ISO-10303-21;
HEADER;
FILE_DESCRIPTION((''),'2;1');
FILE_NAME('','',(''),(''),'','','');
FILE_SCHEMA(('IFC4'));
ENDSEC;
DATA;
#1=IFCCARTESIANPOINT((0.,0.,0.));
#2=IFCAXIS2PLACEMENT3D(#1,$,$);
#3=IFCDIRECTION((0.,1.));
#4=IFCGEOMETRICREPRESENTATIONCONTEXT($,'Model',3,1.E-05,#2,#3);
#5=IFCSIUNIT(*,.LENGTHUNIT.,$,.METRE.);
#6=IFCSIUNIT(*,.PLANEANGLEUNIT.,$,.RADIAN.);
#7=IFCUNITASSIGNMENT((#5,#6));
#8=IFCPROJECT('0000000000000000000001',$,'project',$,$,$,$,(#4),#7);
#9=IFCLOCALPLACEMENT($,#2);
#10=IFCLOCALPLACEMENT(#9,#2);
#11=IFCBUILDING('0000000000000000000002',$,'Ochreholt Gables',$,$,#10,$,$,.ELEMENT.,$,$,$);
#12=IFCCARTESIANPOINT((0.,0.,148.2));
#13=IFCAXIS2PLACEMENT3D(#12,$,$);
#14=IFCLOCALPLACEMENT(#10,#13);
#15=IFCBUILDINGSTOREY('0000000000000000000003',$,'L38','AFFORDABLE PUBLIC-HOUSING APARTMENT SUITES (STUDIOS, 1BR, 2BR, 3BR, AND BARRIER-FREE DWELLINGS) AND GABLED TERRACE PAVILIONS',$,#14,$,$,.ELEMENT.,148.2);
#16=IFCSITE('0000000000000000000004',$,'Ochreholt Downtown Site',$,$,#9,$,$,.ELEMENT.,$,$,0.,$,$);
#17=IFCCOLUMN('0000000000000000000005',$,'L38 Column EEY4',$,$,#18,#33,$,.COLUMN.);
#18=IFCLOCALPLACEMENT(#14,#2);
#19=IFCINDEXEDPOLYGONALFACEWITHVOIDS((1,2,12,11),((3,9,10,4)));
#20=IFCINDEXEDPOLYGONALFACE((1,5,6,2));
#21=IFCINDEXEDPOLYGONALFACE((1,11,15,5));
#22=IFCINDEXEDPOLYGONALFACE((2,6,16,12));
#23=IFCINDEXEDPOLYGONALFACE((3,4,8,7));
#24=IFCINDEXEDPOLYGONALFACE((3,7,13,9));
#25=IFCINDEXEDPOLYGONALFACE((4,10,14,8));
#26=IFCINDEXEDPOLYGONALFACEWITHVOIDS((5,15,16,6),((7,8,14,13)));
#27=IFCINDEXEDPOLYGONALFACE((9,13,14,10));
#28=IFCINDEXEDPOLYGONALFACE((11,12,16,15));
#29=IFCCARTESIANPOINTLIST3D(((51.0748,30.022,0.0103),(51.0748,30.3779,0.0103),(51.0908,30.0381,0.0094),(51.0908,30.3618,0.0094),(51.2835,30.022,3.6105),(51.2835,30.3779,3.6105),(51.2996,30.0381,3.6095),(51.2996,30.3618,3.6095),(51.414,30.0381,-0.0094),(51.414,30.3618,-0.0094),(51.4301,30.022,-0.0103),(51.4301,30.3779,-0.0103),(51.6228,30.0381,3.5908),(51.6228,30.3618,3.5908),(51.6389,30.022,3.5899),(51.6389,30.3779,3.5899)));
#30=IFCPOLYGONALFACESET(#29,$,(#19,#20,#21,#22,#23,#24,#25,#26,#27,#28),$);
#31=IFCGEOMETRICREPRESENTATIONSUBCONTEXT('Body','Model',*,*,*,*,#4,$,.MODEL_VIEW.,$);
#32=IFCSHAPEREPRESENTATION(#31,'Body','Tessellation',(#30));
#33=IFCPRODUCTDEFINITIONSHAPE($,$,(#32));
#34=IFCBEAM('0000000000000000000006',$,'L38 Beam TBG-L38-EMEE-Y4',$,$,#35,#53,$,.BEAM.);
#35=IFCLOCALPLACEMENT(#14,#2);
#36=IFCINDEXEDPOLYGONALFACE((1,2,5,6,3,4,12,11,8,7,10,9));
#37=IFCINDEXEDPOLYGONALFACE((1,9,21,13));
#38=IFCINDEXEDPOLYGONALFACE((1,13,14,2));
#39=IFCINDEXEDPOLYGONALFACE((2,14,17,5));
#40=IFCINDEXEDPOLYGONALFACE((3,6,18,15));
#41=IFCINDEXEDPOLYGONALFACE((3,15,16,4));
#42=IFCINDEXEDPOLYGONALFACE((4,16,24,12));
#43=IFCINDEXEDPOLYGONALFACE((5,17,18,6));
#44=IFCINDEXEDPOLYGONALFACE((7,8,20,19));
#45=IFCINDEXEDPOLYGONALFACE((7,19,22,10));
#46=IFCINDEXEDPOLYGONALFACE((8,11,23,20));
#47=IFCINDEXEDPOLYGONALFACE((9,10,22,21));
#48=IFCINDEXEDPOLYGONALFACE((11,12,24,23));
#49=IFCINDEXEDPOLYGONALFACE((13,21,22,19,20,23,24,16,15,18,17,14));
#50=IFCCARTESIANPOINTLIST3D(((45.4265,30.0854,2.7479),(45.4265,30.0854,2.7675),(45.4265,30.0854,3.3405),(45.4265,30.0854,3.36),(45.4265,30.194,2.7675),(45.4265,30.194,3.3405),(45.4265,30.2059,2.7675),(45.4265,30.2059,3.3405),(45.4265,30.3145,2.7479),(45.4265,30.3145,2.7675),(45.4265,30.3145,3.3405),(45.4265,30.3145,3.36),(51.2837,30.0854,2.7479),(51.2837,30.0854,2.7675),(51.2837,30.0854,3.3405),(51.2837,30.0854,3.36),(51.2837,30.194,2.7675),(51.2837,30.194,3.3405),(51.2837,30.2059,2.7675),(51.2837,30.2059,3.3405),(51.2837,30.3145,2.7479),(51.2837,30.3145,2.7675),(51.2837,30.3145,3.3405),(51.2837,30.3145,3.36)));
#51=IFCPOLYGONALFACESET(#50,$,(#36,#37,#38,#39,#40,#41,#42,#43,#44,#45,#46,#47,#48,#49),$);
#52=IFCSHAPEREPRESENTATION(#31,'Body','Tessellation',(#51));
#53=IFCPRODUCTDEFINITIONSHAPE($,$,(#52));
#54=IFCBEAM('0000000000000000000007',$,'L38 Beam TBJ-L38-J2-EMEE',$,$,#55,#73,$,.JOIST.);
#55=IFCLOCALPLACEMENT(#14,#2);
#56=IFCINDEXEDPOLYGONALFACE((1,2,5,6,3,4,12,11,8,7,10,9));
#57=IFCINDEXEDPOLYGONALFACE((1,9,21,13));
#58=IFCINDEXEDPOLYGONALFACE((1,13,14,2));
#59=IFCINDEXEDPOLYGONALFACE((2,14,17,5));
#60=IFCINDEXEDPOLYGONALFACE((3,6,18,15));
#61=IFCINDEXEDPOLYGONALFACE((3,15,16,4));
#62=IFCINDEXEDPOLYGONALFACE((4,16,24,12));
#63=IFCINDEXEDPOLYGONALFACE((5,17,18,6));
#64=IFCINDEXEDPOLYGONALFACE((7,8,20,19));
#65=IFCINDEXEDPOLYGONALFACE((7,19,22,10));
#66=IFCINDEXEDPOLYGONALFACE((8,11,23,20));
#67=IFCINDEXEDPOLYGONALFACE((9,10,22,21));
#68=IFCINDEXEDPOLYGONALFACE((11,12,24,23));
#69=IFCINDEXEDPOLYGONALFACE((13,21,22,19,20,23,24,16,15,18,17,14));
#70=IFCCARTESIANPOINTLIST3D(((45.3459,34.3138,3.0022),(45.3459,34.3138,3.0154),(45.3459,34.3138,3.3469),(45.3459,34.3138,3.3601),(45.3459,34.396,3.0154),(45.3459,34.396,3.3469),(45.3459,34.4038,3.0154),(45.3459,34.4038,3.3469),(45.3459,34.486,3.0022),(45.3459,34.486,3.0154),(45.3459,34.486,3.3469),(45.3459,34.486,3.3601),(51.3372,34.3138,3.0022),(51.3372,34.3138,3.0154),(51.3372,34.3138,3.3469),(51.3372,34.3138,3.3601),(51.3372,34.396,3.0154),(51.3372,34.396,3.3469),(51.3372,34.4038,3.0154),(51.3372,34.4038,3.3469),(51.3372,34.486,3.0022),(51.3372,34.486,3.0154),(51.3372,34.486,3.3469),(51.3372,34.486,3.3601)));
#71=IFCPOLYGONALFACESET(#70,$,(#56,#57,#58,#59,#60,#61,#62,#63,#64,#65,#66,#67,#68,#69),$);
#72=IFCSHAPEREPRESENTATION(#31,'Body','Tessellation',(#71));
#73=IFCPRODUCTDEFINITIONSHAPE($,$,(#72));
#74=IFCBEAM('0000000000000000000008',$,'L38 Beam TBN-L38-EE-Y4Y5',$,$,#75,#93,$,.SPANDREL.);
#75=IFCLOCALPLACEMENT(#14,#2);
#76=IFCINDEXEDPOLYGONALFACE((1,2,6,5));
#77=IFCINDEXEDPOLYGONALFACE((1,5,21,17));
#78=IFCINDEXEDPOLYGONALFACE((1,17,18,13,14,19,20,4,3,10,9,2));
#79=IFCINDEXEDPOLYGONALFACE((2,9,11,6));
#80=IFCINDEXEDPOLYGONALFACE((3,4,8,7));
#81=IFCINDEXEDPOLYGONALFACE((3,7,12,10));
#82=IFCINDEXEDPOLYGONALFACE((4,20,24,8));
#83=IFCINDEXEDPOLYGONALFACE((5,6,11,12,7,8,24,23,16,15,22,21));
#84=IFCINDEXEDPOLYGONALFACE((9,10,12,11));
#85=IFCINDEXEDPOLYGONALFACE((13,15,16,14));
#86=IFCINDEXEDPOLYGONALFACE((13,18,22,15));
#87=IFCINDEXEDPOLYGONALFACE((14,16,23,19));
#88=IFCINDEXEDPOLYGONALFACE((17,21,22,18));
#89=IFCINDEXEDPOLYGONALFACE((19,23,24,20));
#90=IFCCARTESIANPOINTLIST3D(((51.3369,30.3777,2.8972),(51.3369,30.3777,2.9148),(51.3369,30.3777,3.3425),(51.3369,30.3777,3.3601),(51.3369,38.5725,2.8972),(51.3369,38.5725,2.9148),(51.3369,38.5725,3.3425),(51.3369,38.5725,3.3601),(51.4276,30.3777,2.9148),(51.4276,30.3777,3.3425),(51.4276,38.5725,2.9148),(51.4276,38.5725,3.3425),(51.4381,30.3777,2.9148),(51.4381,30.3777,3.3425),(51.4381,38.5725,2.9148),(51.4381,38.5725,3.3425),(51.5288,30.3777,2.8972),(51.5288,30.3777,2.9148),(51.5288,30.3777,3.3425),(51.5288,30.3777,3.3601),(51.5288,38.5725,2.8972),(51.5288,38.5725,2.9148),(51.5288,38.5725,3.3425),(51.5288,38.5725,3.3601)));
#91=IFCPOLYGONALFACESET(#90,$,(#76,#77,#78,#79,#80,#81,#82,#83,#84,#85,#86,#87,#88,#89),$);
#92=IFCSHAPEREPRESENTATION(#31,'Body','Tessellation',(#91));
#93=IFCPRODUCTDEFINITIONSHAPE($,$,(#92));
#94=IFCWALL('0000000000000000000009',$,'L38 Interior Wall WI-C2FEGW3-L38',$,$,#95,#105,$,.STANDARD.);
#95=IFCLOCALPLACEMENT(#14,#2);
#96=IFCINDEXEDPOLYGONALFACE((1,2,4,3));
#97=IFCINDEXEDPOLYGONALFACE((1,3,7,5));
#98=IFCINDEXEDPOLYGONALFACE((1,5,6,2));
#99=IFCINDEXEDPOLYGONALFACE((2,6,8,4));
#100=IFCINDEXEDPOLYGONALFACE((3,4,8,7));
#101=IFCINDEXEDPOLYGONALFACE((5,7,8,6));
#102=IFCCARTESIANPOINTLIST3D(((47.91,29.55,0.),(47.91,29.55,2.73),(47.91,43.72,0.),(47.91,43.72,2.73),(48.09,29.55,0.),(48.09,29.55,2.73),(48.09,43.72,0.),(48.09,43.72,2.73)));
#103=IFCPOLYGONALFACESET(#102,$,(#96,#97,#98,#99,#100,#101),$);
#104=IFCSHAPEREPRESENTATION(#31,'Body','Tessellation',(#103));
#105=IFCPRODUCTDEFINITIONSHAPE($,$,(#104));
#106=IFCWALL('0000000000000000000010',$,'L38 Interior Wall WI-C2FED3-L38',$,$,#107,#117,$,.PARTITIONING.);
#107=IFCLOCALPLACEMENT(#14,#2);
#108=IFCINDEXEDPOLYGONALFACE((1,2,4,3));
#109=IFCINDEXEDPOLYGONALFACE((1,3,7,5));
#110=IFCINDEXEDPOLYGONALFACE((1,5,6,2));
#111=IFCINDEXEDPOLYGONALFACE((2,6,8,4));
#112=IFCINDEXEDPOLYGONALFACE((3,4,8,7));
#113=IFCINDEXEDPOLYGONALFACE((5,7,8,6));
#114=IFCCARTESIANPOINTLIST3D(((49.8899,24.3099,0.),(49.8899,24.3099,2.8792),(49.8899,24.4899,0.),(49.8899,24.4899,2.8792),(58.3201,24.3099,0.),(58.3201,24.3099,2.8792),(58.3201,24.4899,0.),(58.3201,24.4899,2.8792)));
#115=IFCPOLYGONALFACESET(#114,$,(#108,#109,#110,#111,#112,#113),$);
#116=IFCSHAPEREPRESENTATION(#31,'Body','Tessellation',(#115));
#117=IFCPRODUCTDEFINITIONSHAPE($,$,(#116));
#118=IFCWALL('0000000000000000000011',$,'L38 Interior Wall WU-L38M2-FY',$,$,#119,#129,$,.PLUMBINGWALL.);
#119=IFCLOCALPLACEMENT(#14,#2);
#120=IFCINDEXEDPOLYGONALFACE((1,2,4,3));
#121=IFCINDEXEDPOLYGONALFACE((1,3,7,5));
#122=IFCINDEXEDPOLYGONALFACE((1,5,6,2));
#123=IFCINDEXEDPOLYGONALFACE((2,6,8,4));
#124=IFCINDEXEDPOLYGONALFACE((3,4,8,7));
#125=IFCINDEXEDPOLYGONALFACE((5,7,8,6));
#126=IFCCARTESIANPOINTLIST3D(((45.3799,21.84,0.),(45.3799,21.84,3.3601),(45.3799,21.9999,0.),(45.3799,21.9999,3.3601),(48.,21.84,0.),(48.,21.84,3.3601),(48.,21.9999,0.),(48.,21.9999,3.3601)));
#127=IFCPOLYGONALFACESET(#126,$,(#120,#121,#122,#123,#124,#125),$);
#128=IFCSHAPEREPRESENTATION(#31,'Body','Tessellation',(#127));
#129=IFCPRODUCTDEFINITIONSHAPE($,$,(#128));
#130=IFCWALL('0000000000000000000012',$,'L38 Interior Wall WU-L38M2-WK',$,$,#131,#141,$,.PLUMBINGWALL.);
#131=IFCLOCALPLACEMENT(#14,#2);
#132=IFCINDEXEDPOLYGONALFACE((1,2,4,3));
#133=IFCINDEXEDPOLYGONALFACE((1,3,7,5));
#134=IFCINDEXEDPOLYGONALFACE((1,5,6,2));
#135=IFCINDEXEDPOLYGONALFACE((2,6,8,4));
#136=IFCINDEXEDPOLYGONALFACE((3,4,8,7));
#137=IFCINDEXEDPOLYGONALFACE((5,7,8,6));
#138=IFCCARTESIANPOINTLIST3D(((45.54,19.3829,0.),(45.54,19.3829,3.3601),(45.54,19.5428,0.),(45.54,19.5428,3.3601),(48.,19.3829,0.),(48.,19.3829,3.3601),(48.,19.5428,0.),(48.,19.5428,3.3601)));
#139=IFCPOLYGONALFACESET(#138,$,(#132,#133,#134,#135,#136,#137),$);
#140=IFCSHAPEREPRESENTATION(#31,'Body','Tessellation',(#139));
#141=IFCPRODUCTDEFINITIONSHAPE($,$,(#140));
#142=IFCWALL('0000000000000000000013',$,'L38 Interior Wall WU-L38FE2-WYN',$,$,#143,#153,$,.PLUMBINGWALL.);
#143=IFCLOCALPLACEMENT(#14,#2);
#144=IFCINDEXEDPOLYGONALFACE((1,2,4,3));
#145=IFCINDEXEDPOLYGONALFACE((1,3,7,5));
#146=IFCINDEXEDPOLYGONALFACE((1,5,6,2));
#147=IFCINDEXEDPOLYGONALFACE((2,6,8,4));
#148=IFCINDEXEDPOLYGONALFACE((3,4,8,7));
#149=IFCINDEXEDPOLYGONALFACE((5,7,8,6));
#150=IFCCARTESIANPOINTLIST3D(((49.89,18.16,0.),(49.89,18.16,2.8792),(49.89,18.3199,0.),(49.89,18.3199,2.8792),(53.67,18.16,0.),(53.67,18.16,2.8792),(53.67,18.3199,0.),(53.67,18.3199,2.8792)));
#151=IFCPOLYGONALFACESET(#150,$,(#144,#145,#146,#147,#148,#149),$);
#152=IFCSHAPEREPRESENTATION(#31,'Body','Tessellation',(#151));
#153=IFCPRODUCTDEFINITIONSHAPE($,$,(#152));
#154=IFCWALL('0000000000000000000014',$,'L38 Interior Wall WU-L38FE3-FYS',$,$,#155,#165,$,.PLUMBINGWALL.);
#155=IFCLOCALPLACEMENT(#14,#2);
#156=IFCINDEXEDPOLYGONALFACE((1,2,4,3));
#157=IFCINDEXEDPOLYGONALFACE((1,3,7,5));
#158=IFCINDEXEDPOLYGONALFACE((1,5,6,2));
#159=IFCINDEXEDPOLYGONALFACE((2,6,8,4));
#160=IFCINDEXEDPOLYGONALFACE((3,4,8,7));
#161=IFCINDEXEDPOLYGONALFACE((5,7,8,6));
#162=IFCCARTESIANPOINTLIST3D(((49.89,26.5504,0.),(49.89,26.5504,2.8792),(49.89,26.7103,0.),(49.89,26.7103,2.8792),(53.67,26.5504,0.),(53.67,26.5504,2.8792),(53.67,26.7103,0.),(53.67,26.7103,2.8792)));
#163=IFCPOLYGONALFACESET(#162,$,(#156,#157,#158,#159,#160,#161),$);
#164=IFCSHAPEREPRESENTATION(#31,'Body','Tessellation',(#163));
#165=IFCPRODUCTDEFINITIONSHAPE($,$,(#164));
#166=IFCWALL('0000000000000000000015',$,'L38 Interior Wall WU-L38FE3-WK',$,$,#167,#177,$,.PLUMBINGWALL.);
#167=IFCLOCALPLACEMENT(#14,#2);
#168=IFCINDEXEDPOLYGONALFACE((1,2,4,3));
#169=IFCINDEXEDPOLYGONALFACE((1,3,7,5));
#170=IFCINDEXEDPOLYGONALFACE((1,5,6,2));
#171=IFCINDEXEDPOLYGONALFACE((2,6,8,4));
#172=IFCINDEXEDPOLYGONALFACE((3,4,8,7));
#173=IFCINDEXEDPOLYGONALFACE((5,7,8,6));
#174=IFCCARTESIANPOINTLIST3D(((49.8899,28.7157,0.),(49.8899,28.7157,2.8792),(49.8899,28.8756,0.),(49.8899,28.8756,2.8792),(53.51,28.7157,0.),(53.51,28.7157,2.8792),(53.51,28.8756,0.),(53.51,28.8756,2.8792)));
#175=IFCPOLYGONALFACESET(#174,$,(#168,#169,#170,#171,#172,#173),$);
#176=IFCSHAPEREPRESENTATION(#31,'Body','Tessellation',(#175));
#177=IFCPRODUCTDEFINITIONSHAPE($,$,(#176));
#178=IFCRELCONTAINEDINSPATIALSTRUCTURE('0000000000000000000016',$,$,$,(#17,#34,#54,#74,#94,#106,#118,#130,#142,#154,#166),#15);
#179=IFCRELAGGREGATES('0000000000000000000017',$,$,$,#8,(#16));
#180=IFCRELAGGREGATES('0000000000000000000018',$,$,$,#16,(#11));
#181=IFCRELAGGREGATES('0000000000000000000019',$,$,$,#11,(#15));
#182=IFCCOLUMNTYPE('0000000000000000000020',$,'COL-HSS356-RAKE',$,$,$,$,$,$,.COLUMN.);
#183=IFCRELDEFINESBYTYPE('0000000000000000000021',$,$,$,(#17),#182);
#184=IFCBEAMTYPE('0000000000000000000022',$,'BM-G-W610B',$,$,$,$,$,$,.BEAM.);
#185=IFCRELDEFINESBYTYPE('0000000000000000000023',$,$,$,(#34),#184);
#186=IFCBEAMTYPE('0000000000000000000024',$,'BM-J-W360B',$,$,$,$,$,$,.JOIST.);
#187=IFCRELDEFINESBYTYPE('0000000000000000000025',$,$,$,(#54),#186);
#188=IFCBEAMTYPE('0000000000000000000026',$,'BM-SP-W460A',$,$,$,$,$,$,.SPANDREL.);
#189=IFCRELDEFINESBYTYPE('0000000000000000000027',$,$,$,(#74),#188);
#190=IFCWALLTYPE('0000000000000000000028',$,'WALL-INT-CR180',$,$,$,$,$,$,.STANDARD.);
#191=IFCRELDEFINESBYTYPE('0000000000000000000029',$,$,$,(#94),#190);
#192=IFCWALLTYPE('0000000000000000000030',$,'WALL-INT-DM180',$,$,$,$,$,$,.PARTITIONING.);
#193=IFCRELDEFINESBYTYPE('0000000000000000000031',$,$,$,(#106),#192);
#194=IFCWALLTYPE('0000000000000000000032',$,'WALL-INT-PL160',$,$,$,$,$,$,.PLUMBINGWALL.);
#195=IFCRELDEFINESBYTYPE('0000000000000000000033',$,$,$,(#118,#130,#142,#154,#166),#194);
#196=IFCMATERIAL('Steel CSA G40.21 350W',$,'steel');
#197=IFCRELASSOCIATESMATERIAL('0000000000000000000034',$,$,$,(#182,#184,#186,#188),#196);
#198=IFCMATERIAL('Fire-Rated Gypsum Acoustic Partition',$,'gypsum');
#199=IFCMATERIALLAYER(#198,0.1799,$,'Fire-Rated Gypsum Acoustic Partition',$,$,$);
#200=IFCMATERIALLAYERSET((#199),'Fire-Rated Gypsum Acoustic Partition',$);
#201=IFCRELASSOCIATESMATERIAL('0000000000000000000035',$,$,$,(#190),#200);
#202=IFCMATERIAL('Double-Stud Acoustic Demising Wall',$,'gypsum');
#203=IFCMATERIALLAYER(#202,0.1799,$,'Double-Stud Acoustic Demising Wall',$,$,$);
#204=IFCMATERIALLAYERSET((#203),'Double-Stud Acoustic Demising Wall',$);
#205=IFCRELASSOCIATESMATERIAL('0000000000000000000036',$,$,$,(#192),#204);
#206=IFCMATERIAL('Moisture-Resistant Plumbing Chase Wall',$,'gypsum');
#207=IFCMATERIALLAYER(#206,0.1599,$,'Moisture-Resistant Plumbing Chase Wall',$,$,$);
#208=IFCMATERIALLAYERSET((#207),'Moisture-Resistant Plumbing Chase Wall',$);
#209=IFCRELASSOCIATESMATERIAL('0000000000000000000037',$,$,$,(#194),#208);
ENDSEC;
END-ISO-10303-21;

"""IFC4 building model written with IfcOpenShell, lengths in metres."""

from ifc_helpers import new_model, si_unit, direction, frame, frame_2d, origin, origin_2d, place, context, subcontext, project, spatial, rectangle, hollow_rectangle, i_section, extrude, material, layer, layer_set, material_profile, profile_set, type_object, element, save


model = new_model("IFC4")

# Units and contexts
model_context = context("Model", 3, precision=1e-05, world=origin(), true_north=direction((0.0, 1.0)))
body_context = subcontext(model_context, "Body", "Model", "MODEL_VIEW")
ifc_project = project(units=[si_unit("LENGTHUNIT", "METRE"), si_unit("PLANEANGLEUNIT", "RADIAN")], contexts=[model_context])

# Site, building, storey
site_placement = place(None, origin())
site = spatial("IfcSite", under=ifc_project, at=site_placement, Name="Ochreholt Downtown Site", CompositionType="ELEMENT", RefElevation=0.0)
building_placement = place(site_placement, origin())
building = spatial("IfcBuilding", under=site, at=building_placement, Name="Ochreholt Gables", CompositionType="ELEMENT")
storey_placement = place(building_placement, frame((0.0, 0.0, 148.2)))
storey = spatial("IfcBuildingStorey", under=building, at=storey_placement, Name="L38", Description="AFFORDABLE PUBLIC-HOUSING APARTMENT SUITES (STUDIOS, 1BR, 2BR, 3BR, AND BARRIER-FREE DWELLINGS) AND GABLED TERRACE PAVILIONS", CompositionType="ELEMENT", Elevation=148.2)

# Column
ifc_material_1 = material(Name="Steel CSA G40.21 350W", Category="steel")
ifc_material_profile_1 = material_profile(ifc_material_1, hollow_rectangle(XDim=0.356, YDim=0.356, WallThickness=0.0161, at=origin_2d()), Name="HSS356X356X16")
ifc_profile_set_1 = profile_set([ifc_material_profile_1], Name="Steel CSA G40.21 350W")
column_type = type_object("IfcColumnType", Name="COL-HSS356-RAKE", PredefinedType="COLUMN", material=ifc_profile_set_1)
column_placement = place(storey_placement, frame((51.2524, 30.2, 0.0), z_axis=(0.057885, 0.0, 0.998323), x_axis=(0.0, 1.0, 0.0)))
element("IfcColumn", 1, at=column_placement, inside=storey, type_object=column_type, Name="L38 Column EEY4", PredefinedType="COLUMN", context=body_context, shape_type="SweptSolid", body=[
    extrude(hollow_rectangle(XDim=0.356, YDim=0.356, WallThickness=0.0161, at=origin_2d()), origin(), (0.0, 0.0, 1.0), 3.6062),
])

# Beams
ifc_material_profile_2 = material_profile(ifc_material_1, i_section(OverallWidth=0.229, OverallDepth=0.6121, WebThickness=0.012, FlangeThickness=0.0195, at=origin_2d()), Name="W610X125")
ifc_profile_set_2 = profile_set([ifc_material_profile_2], Name="Steel CSA G40.21 350W")
beam_type_1 = type_object("IfcBeamType", Name="BM-G-W610B", PredefinedType="BEAM", material=ifc_profile_set_2)
beam_1_placement = place(storey_placement, frame((45.4265, 30.2, 3.054), z_axis=(1.0, 0.0, 0.0), x_axis=(0.0, 1.0, 0.0)))
element("IfcBeam", 2, at=beam_1_placement, inside=storey, type_object=beam_type_1, Name="L38 Beam TBG-L38-EMEE-Y4", PredefinedType="BEAM", context=body_context, shape_type="SweptSolid", body=[
    extrude(i_section(OverallWidth=0.229, OverallDepth=0.6121, WebThickness=0.012, FlangeThickness=0.0195, at=origin_2d()), origin(), (0.0, 0.0, 1.0), 5.8572),
])
ifc_material_profile_3 = material_profile(ifc_material_1, i_section(OverallWidth=0.1721, OverallDepth=0.3579, WebThickness=0.0078, FlangeThickness=0.0132, at=origin_2d()), Name="W360X57")
ifc_profile_set_3 = profile_set([ifc_material_profile_3], Name="Steel CSA G40.21 350W")
beam_type_2 = type_object("IfcBeamType", Name="BM-J-W360B", PredefinedType="JOIST", material=ifc_profile_set_3)
beam_2_placement = place(storey_placement, frame((45.3459, 34.3999, 3.1812), z_axis=(1.0, 0.0, 0.0), x_axis=(0.0, 1.0, 0.0)))
element("IfcBeam", 3, at=beam_2_placement, inside=storey, type_object=beam_type_2, Name="L38 Beam TBJ-L38-J2-EMEE", PredefinedType="JOIST", context=body_context, shape_type="SweptSolid", body=[
    extrude(i_section(OverallWidth=0.1721, OverallDepth=0.3579, WebThickness=0.0078, FlangeThickness=0.0132, at=origin_2d()), origin(), (0.0, 0.0, 1.0), 5.9912),
])
ifc_material_profile_4 = material_profile(ifc_material_1, i_section(OverallWidth=0.1919, OverallDepth=0.4629, WebThickness=0.0105, FlangeThickness=0.0176, at=origin_2d()), Name="W460X89")
ifc_profile_set_4 = profile_set([ifc_material_profile_4], Name="Steel CSA G40.21 350W")
beam_type_3 = type_object("IfcBeamType", Name="BM-SP-W460A", PredefinedType="SPANDREL", material=ifc_profile_set_4)
beam_3_placement = place(storey_placement, frame((51.4329, 30.3777, 3.1287), z_axis=(0.0, 1.0, 0.0), x_axis=(-1.0, 0.0, 0.0)))
element("IfcBeam", 4, at=beam_3_placement, inside=storey, type_object=beam_type_3, Name="L38 Beam TBN-L38-EE-Y4Y5", PredefinedType="SPANDREL", context=body_context, shape_type="SweptSolid", body=[
    extrude(i_section(OverallWidth=0.1919, OverallDepth=0.4629, WebThickness=0.0105, FlangeThickness=0.0176, at=origin_2d()), origin(), (0.0, 0.0, 1.0), 8.1948),
])

# Walls
ifc_material_2 = material(Name="Fire-Rated Gypsum Acoustic Partition", Category="gypsum")
ifc_layer_1 = layer(ifc_material_2, 0.1799, Name="Fire-Rated Gypsum Acoustic Partition")
ifc_layer_set_1 = layer_set([ifc_layer_1], Name="Fire-Rated Gypsum Acoustic Partition")
wall_type_1 = type_object("IfcWallType", Name="WALL-INT-CR180", PredefinedType="STANDARD", material=ifc_layer_set_1)
wall_1_placement = place(storey_placement, frame((48.0, 29.55, 0.0), z_axis=(0.0, 0.0, 1.0), x_axis=(0.0, 1.0, 0.0)))
element("IfcWall", 5, at=wall_1_placement, inside=storey, type_object=wall_type_1, Name="L38 Interior Wall WI-C2FEGW3-L38", PredefinedType="STANDARD", context=body_context, shape_type="SweptSolid", body=[
    extrude(rectangle(XDim=14.1699, YDim=0.1799, at=frame_2d((7.085, 0.0))), origin(), (0.0, 0.0, 1.0), 2.73),
])
ifc_material_3 = material(Name="Double-Stud Acoustic Demising Wall", Category="gypsum")
ifc_layer_2 = layer(ifc_material_3, 0.1799, Name="Double-Stud Acoustic Demising Wall")
ifc_layer_set_2 = layer_set([ifc_layer_2], Name="Double-Stud Acoustic Demising Wall")
wall_type_2 = type_object("IfcWallType", Name="WALL-INT-DM180", PredefinedType="PARTITIONING", material=ifc_layer_set_2)
wall_2_placement = place(storey_placement, frame((49.8899, 24.3999, 0.0), z_axis=(0.0, 0.0, 1.0), x_axis=(1.0, 0.0, 0.0)))
element("IfcWall", 6, at=wall_2_placement, inside=storey, type_object=wall_type_2, Name="L38 Interior Wall WI-C2FED3-L38", PredefinedType="PARTITIONING", context=body_context, shape_type="SweptSolid", body=[
    extrude(rectangle(XDim=8.4302, YDim=0.1799, at=frame_2d((4.2151, 0.0))), origin(), (0.0, 0.0, 1.0), 2.8792),
])
ifc_material_4 = material(Name="Moisture-Resistant Plumbing Chase Wall", Category="gypsum")
ifc_layer_3 = layer(ifc_material_4, 0.1599, Name="Moisture-Resistant Plumbing Chase Wall")
ifc_layer_set_3 = layer_set([ifc_layer_3], Name="Moisture-Resistant Plumbing Chase Wall")
wall_type_3 = type_object("IfcWallType", Name="WALL-INT-PL160", PredefinedType="PLUMBINGWALL", material=ifc_layer_set_3)
wall_3_placement = place(storey_placement, frame((45.3799, 21.9199, 0.0), z_axis=(0.0, 0.0, 1.0), x_axis=(1.0, 0.0, 0.0)))
element("IfcWall", 7, at=wall_3_placement, inside=storey, type_object=wall_type_3, Name="L38 Interior Wall WU-L38M2-FY", PredefinedType="PLUMBINGWALL", context=body_context, shape_type="SweptSolid", body=[
    extrude(rectangle(XDim=2.6201, YDim=0.1599, at=frame_2d((1.3101, 0.0))), origin(), (0.0, 0.0, 1.0), 3.3601),
])
wall_4_placement = place(storey_placement, frame((45.54, 19.4629, 0.0), z_axis=(0.0, 0.0, 1.0), x_axis=(1.0, 0.0, 0.0)))
element("IfcWall", 8, at=wall_4_placement, inside=storey, type_object=wall_type_3, Name="L38 Interior Wall WU-L38M2-WK", PredefinedType="PLUMBINGWALL", context=body_context, shape_type="SweptSolid", body=[
    extrude(rectangle(XDim=2.46, YDim=0.1599, at=frame_2d((1.23, 0.0))), origin(), (0.0, 0.0, 1.0), 3.3601),
])
for number, where, z_axis, x_axis, name in (
    (9, (49.8899, 18.24, 0.0), (0.0, 0.0, 1.0), (1.0, 0.0, 0.0), "L38 Interior Wall WU-L38FE2-WYN"),
    (10, (49.8899, 26.6304, 0.0), (0.0, 0.0, 1.0), (1.0, 0.0, 0.0), "L38 Interior Wall WU-L38FE3-FYS"),
):
    element("IfcWall", number, at=place(storey_placement, frame(where, z_axis=z_axis, x_axis=x_axis)), inside=storey, type_object=wall_type_3, Name=name, PredefinedType="PLUMBINGWALL", context=body_context, shape_type="SweptSolid", body=[
        extrude(rectangle(XDim=3.78, YDim=0.1599, at=frame_2d((1.8901, 0.0))), origin(), (0.0, 0.0, 1.0), 2.8792),
    ])

# Wall
wall_5_placement = place(storey_placement, frame((49.8899, 28.7957, 0.0), z_axis=(0.0, 0.0, 1.0), x_axis=(1.0, 0.0, 0.0)))
element("IfcWall", 11, at=wall_5_placement, inside=storey, type_object=wall_type_3, Name="L38 Interior Wall WU-L38FE3-WK", PredefinedType="PLUMBINGWALL", context=body_context, shape_type="SweptSolid", body=[
    extrude(rectangle(XDim=3.6201, YDim=0.1599, at=frame_2d((1.8101, 0.0))), origin(), (0.0, 0.0, 1.0), 2.8792),
])

save(model, "model.ifc")
